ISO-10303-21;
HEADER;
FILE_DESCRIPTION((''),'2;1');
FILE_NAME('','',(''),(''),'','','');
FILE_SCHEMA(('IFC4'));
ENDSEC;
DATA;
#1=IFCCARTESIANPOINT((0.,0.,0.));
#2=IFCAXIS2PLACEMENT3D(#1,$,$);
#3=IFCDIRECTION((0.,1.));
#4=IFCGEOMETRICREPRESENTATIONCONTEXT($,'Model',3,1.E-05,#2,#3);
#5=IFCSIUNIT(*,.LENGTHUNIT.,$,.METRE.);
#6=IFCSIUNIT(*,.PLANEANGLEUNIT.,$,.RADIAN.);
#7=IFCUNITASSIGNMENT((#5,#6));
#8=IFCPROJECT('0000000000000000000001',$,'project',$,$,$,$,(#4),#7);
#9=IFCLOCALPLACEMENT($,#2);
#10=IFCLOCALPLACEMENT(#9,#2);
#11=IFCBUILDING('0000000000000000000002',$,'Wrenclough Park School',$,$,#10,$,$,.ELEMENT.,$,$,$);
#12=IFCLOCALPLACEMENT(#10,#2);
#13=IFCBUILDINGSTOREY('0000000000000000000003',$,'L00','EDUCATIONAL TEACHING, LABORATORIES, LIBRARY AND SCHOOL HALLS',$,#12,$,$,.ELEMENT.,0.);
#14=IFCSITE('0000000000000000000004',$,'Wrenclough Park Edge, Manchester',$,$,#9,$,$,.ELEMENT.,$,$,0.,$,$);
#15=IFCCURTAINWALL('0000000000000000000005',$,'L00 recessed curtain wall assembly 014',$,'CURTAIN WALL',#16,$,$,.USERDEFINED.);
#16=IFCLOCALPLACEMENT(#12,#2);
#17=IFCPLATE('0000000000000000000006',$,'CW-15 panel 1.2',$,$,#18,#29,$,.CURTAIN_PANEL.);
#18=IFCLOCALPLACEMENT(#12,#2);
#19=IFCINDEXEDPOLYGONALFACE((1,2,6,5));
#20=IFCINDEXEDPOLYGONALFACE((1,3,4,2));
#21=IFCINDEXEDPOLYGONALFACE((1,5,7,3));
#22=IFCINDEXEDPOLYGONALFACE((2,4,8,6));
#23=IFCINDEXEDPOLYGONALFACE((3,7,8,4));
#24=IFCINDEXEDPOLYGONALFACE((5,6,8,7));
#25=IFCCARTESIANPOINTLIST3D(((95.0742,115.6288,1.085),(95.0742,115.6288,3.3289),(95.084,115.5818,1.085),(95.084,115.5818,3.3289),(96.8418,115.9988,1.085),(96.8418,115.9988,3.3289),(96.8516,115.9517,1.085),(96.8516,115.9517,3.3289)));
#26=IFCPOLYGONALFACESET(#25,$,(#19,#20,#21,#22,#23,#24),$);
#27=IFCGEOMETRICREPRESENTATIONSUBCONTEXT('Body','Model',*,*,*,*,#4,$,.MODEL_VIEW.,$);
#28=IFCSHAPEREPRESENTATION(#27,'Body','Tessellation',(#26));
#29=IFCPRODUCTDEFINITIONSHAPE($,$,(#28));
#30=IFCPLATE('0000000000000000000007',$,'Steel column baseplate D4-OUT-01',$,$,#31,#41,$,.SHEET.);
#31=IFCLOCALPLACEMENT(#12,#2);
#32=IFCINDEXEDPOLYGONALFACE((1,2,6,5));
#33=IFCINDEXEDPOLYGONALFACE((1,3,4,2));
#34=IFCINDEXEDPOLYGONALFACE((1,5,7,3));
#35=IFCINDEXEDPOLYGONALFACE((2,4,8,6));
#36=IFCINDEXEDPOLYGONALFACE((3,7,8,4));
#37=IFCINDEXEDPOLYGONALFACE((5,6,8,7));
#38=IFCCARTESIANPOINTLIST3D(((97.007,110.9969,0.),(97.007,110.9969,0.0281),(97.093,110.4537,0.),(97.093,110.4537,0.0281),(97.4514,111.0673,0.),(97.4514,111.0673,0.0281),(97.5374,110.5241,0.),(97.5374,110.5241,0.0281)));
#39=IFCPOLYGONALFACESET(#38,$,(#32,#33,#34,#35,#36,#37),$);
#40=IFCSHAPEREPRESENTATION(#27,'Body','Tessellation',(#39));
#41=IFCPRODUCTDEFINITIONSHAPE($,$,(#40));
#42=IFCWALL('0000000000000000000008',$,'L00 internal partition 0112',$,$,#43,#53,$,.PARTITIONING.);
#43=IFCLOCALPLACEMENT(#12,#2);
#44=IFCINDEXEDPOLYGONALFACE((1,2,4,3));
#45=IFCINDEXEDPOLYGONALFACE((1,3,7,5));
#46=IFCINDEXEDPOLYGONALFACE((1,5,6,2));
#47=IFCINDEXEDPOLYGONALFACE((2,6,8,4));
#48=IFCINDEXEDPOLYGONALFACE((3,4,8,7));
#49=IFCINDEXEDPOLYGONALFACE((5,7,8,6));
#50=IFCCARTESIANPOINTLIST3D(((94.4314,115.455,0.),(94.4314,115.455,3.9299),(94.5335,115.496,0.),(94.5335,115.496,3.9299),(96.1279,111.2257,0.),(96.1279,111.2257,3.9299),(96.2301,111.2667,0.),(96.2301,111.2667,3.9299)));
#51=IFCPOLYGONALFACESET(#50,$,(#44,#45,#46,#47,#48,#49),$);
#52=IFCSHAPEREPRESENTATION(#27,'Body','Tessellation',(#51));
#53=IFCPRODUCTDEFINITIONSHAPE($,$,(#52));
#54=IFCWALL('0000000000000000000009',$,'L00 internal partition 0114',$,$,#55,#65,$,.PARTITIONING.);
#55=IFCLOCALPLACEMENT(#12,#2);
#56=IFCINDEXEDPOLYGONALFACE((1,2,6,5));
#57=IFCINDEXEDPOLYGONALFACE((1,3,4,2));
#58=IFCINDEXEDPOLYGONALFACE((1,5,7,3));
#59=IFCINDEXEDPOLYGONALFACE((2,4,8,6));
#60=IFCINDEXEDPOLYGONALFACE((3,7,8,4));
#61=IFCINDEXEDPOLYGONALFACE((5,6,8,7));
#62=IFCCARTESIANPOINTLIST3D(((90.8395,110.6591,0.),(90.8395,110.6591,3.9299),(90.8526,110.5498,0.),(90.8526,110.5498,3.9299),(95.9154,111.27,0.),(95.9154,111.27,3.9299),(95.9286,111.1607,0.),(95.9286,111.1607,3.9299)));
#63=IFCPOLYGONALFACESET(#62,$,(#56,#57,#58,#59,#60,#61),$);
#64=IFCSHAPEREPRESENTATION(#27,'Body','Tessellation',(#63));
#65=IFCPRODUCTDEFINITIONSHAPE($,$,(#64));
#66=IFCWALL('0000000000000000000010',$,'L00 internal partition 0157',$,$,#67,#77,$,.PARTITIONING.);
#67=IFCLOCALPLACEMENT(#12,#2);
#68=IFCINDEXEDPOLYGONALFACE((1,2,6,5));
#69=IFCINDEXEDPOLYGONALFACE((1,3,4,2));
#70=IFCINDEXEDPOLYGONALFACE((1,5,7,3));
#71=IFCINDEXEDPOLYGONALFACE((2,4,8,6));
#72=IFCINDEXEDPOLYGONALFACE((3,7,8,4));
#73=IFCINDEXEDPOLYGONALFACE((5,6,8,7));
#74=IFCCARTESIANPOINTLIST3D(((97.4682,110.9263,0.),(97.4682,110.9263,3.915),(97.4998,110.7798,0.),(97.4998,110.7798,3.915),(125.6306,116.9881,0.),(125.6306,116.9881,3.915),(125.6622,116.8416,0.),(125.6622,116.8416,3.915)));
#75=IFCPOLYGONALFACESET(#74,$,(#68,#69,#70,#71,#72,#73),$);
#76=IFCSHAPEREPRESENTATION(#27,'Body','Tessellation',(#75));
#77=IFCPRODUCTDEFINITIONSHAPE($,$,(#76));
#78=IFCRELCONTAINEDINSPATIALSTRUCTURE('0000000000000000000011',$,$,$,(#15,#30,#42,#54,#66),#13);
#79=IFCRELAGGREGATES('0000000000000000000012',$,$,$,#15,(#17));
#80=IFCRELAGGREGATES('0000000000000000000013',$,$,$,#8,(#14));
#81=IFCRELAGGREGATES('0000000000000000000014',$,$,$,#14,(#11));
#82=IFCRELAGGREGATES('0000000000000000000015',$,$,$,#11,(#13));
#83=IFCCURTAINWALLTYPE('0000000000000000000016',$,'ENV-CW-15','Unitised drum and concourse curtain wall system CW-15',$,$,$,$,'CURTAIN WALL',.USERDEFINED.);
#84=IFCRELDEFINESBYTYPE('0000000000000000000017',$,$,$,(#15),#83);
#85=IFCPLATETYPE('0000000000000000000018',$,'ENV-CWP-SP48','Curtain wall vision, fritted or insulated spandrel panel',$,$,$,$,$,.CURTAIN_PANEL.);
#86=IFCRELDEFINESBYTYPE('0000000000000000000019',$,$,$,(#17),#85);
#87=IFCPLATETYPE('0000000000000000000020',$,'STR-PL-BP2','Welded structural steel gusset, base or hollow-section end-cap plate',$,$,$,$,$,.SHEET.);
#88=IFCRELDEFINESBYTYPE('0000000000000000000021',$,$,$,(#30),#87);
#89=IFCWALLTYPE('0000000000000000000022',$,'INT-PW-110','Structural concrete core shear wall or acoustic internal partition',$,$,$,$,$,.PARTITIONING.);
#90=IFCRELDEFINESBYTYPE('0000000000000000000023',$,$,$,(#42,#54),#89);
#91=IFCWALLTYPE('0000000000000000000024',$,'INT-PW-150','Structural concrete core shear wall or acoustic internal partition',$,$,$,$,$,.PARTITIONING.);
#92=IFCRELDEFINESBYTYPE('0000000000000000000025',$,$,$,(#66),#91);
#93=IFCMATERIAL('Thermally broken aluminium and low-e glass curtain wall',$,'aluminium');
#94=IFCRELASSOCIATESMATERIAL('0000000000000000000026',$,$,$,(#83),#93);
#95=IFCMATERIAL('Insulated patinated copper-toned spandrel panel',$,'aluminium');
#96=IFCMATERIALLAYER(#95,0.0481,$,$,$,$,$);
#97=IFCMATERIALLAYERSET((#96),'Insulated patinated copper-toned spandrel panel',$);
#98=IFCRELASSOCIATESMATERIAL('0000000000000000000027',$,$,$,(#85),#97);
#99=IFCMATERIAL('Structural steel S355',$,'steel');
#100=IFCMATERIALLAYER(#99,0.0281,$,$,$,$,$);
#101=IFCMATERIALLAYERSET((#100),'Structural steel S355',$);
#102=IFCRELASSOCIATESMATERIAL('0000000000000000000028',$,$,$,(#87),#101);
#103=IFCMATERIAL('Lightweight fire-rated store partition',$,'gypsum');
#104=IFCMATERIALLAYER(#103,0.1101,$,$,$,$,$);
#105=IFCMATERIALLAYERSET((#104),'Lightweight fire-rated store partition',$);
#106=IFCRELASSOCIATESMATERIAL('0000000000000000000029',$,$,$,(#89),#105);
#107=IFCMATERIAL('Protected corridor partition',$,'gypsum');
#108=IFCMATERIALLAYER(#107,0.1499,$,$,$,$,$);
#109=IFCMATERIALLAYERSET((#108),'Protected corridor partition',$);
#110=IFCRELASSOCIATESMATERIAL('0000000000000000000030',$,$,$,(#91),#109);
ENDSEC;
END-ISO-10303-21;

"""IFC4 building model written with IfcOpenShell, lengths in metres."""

from ifc_helpers import new_model, si_unit, direction, frame, frame_2d, origin, origin_2d, place, context, subcontext, project, spatial, rectangle, extrude, material, layer, layer_set, type_object, element, aggregate, save


model = new_model("IFC4")

# Units and contexts
model_context = context("Model", 3, precision=1e-05, world=origin(), true_north=direction((0.0, 1.0)))
body_context = subcontext(model_context, "Body", "Model", "MODEL_VIEW")
ifc_project = project(units=[si_unit("LENGTHUNIT", "METRE"), si_unit("PLANEANGLEUNIT", "RADIAN")], contexts=[model_context])

# Site, building, storey
site_placement = place(None, origin())
site = spatial("IfcSite", under=ifc_project, at=site_placement, Name="Wrenclough Park Edge, Manchester", CompositionType="ELEMENT", RefElevation=0.0)
building_placement = place(site_placement, origin())
building = spatial("IfcBuilding", under=site, at=building_placement, Name="Wrenclough Park School", CompositionType="ELEMENT")
storey_placement = place(building_placement, origin())
storey = spatial("IfcBuildingStorey", under=building, at=storey_placement, Name="L00", Description="EDUCATIONAL TEACHING, LABORATORIES, LIBRARY AND SCHOOL HALLS", CompositionType="ELEMENT", Elevation=0.0)

# Shared definitions
ifc_material_1 = material(Name="Structural steel S355", Category="steel")

# Curtain wall
ifc_material_2 = material(Name="Thermally broken aluminium and low-e glass curtain wall", Category="aluminium")
curtain_wall_type_1 = type_object("IfcCurtainWallType", Name="ENV-CW-15", Description="Unitised drum and concourse curtain wall system CW-15", ElementType="CURTAIN WALL", PredefinedType="USERDEFINED", material=ifc_material_2)
curtain_wall_1_placement = place(storey_placement, origin())
curtain_wall_1 = element("IfcCurtainWall", 1, at=curtain_wall_1_placement, inside=storey, type_object=curtain_wall_type_1, Name="L00 recessed curtain wall assembly 014", ObjectType="CURTAIN WALL", PredefinedType="USERDEFINED")

# Plates
ifc_material_3 = material(Name="Insulated patinated copper-toned spandrel panel", Category="aluminium")
ifc_layer_1 = layer(ifc_material_3, 0.0481)
ifc_layer_set_1 = layer_set([ifc_layer_1], Name="Insulated patinated copper-toned spandrel panel")
plate_type_1 = type_object("IfcPlateType", Name="ENV-CWP-SP48", Description="Curtain wall vision, fritted or insulated spandrel panel", PredefinedType="CURTAIN_PANEL", material=ifc_layer_set_1)
plate_1_placement = place(storey_placement, frame((95.9629, 115.7903, 1.085), z_axis=(0.0, 0.0, 1.0), x_axis=(0.978789, 0.204871, 0.0)))
plate_1 = element("IfcPlate", 2, at=plate_1_placement, type_object=plate_type_1, Name="CW-15 panel 1.2", PredefinedType="CURTAIN_PANEL", context=body_context, shape_type="SweptSolid", body=[
    extrude(rectangle(XDim=1.8059, YDim=0.0481, at=origin_2d()), origin(), (0.0, 0.0, 1.0), 2.2439),
])
aggregate(curtain_wall_1, [plate_1])
ifc_layer_2 = layer(ifc_material_1, 0.0281)
ifc_layer_set_2 = layer_set([ifc_layer_2], Name="Structural steel S355")
plate_type_2 = type_object("IfcPlateType", Name="STR-PL-BP2", Description="Welded structural steel gusset, base or hollow-section end-cap plate", PredefinedType="SHEET", material=ifc_layer_set_2)
plate_2_placement = place(storey_placement, frame((97.2722, 110.7605, 0.0), z_axis=(0.0, 0.0, 1.0), x_axis=(-0.156434, 0.987688, 0.0)))
element("IfcPlate", 3, at=plate_2_placement, inside=storey, type_object=plate_type_2, Name="Steel column baseplate D4-OUT-01", PredefinedType="SHEET", context=body_context, shape_type="SweptSolid", body=[
    extrude(rectangle(XDim=0.55, YDim=0.45, at=origin_2d()), origin(), (0.0, 0.0, 1.0), 0.0281),
])

# Shared definitions
ifc_material_4 = material(Name="Lightweight fire-rated store partition", Category="gypsum")
ifc_layer_3 = layer(ifc_material_4, 0.1101)
ifc_layer_set_3 = layer_set([ifc_layer_3], Name="Lightweight fire-rated store partition")
wall_type_1 = type_object("IfcWallType", Name="INT-PW-110", Description="Structural concrete core shear wall or acoustic internal partition", PredefinedType="PARTITIONING", material=ifc_layer_set_3)

# Walls
wall_1_placement = place(storey_placement, frame((96.179, 111.2463, 0.0), z_axis=(0.0, 0.0, 1.0), x_axis=(-0.372305, 0.92811, 0.0)))
element("IfcWall", 4, at=wall_1_placement, inside=storey, type_object=wall_type_1, Name="L00 internal partition 0112", PredefinedType="PARTITIONING", context=body_context, shape_type="SweptSolid", body=[
    extrude(rectangle(XDim=4.5569, YDim=0.1101, at=frame_2d((2.2783, 0.0))), origin(), (0.0, 0.0, 1.0), 3.9299),
])
wall_2_placement = place(storey_placement, frame((90.8462, 110.6045, 0.0), z_axis=(0.0, 0.0, 1.0), x_axis=(0.992837, 0.119479, 0.0)))
element("IfcWall", 5, at=wall_2_placement, inside=storey, type_object=wall_type_1, Name="L00 internal partition 0114", PredefinedType="PARTITIONING", context=body_context, shape_type="SweptSolid", body=[
    extrude(rectangle(XDim=5.1125, YDim=0.1101, at=frame_2d((2.5562, 0.0))), origin(), (0.0, 0.0, 1.0), 3.9299),
])
ifc_material_5 = material(Name="Protected corridor partition", Category="gypsum")
ifc_layer_4 = layer(ifc_material_5, 0.1499)
ifc_layer_set_4 = layer_set([ifc_layer_4], Name="Protected corridor partition")
wall_type_2 = type_object("IfcWallType", Name="INT-PW-150", Description="Structural concrete core shear wall or acoustic internal partition", PredefinedType="PARTITIONING", material=ifc_layer_set_4)
wall_3_placement = place(storey_placement, frame((97.4839, 110.853, 0.0), z_axis=(0.0, 0.0, 1.0), x_axis=(0.97761, 0.210424, 0.0)))
element("IfcWall", 6, at=wall_3_placement, inside=storey, type_object=wall_type_2, Name="L00 internal partition 0157", PredefinedType="PARTITIONING", context=body_context, shape_type="SweptSolid", body=[
    extrude(rectangle(XDim=28.8074, YDim=0.1499, at=frame_2d((14.4038, 0.0))), origin(), (0.0, 0.0, 1.0), 3.915),
])

save(model, "model.ifc")
